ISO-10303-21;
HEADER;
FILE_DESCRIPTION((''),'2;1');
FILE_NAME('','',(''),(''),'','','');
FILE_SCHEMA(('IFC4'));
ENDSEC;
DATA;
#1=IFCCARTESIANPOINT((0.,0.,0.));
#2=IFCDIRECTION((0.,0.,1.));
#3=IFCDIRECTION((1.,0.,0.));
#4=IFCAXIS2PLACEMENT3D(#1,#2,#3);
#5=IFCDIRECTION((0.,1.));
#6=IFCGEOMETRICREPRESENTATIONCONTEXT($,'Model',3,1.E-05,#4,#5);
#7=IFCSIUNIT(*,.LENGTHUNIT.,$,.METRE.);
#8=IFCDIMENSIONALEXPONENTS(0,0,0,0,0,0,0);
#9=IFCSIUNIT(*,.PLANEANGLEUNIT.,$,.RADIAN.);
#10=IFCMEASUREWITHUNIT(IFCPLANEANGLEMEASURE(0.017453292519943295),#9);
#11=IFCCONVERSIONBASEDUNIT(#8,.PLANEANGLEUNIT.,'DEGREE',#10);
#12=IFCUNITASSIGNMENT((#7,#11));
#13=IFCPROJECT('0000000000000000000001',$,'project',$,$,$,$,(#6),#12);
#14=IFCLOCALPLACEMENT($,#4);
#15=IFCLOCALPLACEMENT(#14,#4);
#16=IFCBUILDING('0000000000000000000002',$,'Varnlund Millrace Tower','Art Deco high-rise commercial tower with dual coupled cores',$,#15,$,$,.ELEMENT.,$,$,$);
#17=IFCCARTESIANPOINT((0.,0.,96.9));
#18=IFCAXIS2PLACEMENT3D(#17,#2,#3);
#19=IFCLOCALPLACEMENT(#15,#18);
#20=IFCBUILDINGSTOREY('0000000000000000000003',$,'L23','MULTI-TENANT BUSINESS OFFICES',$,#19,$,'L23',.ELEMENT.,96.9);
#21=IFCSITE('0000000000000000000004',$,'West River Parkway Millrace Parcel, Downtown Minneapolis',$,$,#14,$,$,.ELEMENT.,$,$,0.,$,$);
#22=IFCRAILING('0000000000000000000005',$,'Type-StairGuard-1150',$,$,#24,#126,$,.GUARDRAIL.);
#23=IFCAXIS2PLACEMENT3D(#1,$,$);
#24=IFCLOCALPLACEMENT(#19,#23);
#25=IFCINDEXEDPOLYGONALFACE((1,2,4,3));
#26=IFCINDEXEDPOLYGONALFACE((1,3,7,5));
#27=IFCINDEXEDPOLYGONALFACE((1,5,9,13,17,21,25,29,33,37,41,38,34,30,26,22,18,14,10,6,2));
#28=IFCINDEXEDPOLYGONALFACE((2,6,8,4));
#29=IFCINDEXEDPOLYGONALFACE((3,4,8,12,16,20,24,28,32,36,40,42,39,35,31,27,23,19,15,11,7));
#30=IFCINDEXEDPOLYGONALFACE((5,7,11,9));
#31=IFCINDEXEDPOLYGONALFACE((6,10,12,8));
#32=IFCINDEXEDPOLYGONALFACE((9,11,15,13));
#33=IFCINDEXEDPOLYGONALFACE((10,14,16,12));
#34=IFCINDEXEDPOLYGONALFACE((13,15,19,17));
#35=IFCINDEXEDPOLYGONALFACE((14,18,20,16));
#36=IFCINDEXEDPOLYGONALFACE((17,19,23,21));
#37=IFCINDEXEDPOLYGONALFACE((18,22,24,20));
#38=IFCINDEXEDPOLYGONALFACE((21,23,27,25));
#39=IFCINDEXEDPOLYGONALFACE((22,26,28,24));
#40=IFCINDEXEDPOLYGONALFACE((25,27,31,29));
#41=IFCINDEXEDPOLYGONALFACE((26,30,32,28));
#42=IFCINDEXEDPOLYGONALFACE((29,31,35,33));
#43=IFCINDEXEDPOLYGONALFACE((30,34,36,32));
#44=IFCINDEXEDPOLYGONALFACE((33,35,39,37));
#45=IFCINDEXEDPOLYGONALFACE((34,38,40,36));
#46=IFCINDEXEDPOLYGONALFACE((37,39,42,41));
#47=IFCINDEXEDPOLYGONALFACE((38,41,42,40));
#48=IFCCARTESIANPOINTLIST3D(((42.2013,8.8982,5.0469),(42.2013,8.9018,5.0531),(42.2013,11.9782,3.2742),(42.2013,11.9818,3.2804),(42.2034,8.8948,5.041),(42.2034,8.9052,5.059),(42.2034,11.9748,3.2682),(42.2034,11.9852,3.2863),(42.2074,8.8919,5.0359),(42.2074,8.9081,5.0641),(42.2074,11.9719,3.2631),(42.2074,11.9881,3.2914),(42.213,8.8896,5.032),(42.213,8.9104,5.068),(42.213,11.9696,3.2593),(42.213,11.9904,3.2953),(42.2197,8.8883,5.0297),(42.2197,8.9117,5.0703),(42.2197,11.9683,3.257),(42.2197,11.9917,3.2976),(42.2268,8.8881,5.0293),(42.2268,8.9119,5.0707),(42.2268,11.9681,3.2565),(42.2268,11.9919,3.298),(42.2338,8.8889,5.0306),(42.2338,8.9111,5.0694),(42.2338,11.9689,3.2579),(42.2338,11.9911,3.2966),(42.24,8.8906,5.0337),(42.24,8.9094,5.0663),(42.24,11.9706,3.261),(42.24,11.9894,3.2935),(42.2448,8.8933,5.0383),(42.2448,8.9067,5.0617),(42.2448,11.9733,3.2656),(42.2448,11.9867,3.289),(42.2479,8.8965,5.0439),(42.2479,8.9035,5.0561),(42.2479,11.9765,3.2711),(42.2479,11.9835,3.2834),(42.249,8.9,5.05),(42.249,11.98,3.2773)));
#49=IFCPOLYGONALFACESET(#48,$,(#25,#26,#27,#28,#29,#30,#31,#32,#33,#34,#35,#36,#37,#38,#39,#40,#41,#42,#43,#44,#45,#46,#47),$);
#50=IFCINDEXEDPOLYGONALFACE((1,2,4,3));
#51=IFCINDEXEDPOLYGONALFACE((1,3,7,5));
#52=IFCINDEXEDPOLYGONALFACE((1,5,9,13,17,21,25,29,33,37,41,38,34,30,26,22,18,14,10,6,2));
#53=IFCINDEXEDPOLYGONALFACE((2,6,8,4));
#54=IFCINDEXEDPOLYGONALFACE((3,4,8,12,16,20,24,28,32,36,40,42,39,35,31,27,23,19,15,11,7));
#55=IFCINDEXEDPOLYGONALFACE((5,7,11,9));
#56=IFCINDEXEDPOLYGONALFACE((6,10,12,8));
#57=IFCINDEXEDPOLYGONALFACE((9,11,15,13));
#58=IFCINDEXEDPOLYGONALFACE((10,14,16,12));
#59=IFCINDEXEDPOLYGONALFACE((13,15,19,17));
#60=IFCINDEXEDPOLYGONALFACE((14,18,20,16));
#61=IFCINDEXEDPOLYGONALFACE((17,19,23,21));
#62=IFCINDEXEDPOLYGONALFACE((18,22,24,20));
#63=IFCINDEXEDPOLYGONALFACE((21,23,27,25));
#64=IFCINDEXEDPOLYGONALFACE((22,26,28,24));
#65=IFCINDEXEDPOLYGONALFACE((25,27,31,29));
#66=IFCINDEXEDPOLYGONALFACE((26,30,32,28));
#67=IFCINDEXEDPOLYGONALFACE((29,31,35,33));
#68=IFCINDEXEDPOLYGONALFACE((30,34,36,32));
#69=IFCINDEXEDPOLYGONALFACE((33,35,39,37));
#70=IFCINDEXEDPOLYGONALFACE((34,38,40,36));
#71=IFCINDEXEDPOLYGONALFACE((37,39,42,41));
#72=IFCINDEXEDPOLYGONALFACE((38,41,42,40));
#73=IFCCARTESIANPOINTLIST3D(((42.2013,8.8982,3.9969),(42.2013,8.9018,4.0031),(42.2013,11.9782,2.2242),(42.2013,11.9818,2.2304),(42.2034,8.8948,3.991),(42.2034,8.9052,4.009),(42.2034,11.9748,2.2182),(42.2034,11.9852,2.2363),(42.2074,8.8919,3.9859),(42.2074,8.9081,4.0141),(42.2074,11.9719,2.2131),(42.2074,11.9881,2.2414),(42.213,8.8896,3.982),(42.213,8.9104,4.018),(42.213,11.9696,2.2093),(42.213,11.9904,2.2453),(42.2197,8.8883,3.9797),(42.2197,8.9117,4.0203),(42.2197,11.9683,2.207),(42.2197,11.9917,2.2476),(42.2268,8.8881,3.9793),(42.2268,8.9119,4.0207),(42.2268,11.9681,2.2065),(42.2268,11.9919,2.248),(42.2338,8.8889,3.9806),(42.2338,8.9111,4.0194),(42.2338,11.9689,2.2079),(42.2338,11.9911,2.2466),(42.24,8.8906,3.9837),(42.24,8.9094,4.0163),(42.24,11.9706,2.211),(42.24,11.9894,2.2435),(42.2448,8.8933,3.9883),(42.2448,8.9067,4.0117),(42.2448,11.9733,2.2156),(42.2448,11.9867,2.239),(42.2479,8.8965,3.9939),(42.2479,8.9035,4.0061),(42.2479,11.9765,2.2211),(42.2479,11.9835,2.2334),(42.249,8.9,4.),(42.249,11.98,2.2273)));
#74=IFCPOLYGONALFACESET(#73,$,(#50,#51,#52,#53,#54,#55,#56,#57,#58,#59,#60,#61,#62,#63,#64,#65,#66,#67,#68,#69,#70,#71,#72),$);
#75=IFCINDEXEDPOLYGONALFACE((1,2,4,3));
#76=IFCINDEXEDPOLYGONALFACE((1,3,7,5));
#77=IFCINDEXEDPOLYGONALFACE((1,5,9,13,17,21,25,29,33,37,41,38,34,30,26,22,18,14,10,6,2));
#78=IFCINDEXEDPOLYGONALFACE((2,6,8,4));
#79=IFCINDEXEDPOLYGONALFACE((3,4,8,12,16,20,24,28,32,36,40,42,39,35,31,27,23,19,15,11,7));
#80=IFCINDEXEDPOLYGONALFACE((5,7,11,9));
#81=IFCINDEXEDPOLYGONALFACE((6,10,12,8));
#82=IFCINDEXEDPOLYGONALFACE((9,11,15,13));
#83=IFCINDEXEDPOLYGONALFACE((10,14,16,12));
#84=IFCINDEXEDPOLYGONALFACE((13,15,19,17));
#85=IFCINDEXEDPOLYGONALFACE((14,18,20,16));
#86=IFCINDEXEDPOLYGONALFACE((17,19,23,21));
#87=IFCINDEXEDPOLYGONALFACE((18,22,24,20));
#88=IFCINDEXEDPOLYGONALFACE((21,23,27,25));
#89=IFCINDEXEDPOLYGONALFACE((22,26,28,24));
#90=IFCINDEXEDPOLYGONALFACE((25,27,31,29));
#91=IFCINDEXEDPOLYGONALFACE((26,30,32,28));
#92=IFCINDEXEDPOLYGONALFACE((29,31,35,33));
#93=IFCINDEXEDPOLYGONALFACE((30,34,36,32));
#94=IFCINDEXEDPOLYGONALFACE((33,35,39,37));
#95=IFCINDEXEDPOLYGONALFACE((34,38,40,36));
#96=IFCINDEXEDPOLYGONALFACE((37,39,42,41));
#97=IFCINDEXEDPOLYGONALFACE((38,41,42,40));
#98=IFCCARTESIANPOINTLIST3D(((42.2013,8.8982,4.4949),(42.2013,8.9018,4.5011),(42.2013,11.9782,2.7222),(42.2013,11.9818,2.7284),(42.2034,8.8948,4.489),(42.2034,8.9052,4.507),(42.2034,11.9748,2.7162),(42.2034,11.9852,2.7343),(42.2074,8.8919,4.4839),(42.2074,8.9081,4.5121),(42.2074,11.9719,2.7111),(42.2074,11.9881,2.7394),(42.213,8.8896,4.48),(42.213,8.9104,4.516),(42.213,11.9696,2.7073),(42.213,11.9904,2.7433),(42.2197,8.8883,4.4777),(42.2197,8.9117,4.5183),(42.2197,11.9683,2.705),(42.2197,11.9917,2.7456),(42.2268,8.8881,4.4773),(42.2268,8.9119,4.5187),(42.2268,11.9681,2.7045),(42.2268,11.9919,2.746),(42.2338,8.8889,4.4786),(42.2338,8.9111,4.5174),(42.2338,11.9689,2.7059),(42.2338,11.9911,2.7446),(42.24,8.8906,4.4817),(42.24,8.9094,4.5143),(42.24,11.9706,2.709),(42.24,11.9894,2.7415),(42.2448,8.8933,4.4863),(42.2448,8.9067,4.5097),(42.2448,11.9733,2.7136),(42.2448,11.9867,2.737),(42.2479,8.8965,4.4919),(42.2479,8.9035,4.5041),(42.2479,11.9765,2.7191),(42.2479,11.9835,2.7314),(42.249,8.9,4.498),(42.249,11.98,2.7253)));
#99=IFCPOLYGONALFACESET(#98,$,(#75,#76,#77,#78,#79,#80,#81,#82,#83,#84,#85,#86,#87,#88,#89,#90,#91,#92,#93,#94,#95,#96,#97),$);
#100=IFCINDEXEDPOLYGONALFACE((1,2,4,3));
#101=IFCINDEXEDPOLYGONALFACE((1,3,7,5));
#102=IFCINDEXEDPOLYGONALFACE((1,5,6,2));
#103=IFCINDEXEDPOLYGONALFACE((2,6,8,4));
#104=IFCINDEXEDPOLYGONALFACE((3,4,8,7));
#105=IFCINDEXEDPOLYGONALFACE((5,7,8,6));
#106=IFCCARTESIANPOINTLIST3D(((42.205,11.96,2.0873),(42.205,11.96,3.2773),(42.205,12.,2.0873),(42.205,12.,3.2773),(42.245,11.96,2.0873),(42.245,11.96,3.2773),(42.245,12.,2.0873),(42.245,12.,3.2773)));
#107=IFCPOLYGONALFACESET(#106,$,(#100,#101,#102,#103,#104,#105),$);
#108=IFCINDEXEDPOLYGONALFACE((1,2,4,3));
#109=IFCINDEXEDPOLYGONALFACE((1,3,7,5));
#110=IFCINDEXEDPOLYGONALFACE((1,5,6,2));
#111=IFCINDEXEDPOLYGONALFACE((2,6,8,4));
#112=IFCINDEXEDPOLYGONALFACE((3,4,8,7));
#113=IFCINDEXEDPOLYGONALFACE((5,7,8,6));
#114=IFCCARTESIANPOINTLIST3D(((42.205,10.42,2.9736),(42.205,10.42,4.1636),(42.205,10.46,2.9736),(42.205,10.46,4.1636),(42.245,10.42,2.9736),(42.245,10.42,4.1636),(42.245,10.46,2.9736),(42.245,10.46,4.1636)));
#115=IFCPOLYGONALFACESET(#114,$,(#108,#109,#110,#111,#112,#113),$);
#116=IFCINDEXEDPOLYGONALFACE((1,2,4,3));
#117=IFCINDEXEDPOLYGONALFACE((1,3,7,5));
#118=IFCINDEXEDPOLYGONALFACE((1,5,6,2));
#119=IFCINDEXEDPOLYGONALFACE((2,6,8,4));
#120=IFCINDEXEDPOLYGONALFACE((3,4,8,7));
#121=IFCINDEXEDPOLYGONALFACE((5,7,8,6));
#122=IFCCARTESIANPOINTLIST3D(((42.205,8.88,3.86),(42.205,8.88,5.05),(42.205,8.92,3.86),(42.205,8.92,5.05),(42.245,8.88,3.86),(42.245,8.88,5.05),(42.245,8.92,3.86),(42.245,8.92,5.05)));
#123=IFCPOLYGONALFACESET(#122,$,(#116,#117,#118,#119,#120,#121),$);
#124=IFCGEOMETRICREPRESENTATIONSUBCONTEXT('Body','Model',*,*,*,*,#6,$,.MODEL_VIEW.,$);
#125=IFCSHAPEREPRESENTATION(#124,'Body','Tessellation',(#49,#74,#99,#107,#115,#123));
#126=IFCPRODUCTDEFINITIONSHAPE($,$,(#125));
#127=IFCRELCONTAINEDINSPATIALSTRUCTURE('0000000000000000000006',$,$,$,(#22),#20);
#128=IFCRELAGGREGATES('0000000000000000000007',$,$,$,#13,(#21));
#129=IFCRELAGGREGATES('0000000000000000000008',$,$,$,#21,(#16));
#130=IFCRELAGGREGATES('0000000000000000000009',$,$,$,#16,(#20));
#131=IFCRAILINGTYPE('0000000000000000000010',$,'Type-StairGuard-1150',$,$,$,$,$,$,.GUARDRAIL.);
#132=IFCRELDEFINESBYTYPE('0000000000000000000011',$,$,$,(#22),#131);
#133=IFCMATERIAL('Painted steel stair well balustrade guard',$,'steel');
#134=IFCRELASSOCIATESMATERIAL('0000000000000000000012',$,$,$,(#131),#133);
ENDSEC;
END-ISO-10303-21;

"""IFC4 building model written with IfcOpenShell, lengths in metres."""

from ifc_helpers import new_model, entity, si_unit, converted_unit, direction, frame, origin_with_axes, origin_2d_with_axis, place, context, subcontext, project, spatial, rectangle, circle, extrude, material, type_object, element, save


model = new_model("IFC4")

# Units and contexts
model_context = context("Model", 3, precision=1e-05, world=origin_with_axes(), true_north=direction((0.0, 1.0)))
body_context = subcontext(model_context, "Body", "Model", "MODEL_VIEW")
ifc_project = project(units=[si_unit("LENGTHUNIT", "METRE"), converted_unit("PLANEANGLEUNIT", "DEGREE", entity("IfcPlaneAngleMeasure", 0.017453292519943295), si_unit("PLANEANGLEUNIT", "RADIAN"), dimensions=[0, 0, 0, 0, 0, 0, 0])], contexts=[model_context])

# Site, building, storey
site_placement = place(None, origin_with_axes())
site = spatial("IfcSite", under=ifc_project, at=site_placement, Name="West River Parkway Millrace Parcel, Downtown Minneapolis", CompositionType="ELEMENT", RefElevation=0.0)
building_placement = place(site_placement, origin_with_axes())
building = spatial("IfcBuilding", under=site, at=building_placement, Name="Varnlund Millrace Tower", Description="Art Deco high-rise commercial tower with dual coupled cores", CompositionType="ELEMENT")
storey_placement = place(building_placement, frame((0.0, 0.0, 96.9), z_axis=(0.0, 0.0, 1.0), x_axis=(1.0, 0.0, 0.0)))
storey = spatial("IfcBuildingStorey", under=building, at=storey_placement, Name="L23", Description="MULTI-TENANT BUSINESS OFFICES", LongName="L23", CompositionType="ELEMENT", Elevation=96.9)

# Railing
ifc_material_1 = material(Name="Painted steel stair well balustrade guard", Category="steel")
railing_type_1 = type_object("IfcRailingType", Name="Type-StairGuard-1150", PredefinedType="GUARDRAIL", material=ifc_material_1)
railing_1_placement = place(storey_placement, frame((0.0, 0.0, -96.9), z_axis=(0.0, 0.0, 1.0), x_axis=(1.0, 0.0, 0.0)))
element("IfcRailing", 1, at=railing_1_placement, inside=storey, type_object=railing_type_1, Name="Type-StairGuard-1150", PredefinedType="GUARDRAIL", context=body_context, shape_type="SweptSolid", body=[
    extrude(circle(Radius=0.024, at=origin_2d_with_axis()), frame((42.225, 11.98, 100.1773), z_axis=(0.0, -0.866696, 0.498836), x_axis=(1.0, 0.0, 0.0)), (0.0, 0.0, 1.0), 3.5537),
    extrude(circle(Radius=0.024, at=origin_2d_with_axis()), frame((42.225, 11.98, 99.1273), z_axis=(0.0, -0.866696, 0.498836), x_axis=(1.0, 0.0, 0.0)), (0.0, 0.0, 1.0), 3.5537),
    extrude(circle(Radius=0.024, at=origin_2d_with_axis()), frame((42.225, 11.98, 99.6253), z_axis=(0.0, -0.866696, 0.498836), x_axis=(1.0, 0.0, 0.0)), (0.0, 0.0, 1.0), 3.5537),
    extrude(rectangle(XDim=0.04, YDim=0.04, at=origin_2d_with_axis()), frame((42.225, 11.98, 98.9873), z_axis=(0.0, 0.0, 1.0), x_axis=(1.0, 0.0, 0.0)), (0.0, 0.0, 1.0), 1.19),
    extrude(rectangle(XDim=0.04, YDim=0.04, at=origin_2d_with_axis()), frame((42.225, 10.44, 99.8736), z_axis=(0.0, 0.0, 1.0), x_axis=(1.0, 0.0, 0.0)), (0.0, 0.0, 1.0), 1.19),
    extrude(rectangle(XDim=0.04, YDim=0.04, at=origin_2d_with_axis()), frame((42.225, 8.9, 100.76), z_axis=(0.0, 0.0, 1.0), x_axis=(1.0, 0.0, 0.0)), (0.0, 0.0, 1.0), 1.19),
])

save(model, "model.ifc")
